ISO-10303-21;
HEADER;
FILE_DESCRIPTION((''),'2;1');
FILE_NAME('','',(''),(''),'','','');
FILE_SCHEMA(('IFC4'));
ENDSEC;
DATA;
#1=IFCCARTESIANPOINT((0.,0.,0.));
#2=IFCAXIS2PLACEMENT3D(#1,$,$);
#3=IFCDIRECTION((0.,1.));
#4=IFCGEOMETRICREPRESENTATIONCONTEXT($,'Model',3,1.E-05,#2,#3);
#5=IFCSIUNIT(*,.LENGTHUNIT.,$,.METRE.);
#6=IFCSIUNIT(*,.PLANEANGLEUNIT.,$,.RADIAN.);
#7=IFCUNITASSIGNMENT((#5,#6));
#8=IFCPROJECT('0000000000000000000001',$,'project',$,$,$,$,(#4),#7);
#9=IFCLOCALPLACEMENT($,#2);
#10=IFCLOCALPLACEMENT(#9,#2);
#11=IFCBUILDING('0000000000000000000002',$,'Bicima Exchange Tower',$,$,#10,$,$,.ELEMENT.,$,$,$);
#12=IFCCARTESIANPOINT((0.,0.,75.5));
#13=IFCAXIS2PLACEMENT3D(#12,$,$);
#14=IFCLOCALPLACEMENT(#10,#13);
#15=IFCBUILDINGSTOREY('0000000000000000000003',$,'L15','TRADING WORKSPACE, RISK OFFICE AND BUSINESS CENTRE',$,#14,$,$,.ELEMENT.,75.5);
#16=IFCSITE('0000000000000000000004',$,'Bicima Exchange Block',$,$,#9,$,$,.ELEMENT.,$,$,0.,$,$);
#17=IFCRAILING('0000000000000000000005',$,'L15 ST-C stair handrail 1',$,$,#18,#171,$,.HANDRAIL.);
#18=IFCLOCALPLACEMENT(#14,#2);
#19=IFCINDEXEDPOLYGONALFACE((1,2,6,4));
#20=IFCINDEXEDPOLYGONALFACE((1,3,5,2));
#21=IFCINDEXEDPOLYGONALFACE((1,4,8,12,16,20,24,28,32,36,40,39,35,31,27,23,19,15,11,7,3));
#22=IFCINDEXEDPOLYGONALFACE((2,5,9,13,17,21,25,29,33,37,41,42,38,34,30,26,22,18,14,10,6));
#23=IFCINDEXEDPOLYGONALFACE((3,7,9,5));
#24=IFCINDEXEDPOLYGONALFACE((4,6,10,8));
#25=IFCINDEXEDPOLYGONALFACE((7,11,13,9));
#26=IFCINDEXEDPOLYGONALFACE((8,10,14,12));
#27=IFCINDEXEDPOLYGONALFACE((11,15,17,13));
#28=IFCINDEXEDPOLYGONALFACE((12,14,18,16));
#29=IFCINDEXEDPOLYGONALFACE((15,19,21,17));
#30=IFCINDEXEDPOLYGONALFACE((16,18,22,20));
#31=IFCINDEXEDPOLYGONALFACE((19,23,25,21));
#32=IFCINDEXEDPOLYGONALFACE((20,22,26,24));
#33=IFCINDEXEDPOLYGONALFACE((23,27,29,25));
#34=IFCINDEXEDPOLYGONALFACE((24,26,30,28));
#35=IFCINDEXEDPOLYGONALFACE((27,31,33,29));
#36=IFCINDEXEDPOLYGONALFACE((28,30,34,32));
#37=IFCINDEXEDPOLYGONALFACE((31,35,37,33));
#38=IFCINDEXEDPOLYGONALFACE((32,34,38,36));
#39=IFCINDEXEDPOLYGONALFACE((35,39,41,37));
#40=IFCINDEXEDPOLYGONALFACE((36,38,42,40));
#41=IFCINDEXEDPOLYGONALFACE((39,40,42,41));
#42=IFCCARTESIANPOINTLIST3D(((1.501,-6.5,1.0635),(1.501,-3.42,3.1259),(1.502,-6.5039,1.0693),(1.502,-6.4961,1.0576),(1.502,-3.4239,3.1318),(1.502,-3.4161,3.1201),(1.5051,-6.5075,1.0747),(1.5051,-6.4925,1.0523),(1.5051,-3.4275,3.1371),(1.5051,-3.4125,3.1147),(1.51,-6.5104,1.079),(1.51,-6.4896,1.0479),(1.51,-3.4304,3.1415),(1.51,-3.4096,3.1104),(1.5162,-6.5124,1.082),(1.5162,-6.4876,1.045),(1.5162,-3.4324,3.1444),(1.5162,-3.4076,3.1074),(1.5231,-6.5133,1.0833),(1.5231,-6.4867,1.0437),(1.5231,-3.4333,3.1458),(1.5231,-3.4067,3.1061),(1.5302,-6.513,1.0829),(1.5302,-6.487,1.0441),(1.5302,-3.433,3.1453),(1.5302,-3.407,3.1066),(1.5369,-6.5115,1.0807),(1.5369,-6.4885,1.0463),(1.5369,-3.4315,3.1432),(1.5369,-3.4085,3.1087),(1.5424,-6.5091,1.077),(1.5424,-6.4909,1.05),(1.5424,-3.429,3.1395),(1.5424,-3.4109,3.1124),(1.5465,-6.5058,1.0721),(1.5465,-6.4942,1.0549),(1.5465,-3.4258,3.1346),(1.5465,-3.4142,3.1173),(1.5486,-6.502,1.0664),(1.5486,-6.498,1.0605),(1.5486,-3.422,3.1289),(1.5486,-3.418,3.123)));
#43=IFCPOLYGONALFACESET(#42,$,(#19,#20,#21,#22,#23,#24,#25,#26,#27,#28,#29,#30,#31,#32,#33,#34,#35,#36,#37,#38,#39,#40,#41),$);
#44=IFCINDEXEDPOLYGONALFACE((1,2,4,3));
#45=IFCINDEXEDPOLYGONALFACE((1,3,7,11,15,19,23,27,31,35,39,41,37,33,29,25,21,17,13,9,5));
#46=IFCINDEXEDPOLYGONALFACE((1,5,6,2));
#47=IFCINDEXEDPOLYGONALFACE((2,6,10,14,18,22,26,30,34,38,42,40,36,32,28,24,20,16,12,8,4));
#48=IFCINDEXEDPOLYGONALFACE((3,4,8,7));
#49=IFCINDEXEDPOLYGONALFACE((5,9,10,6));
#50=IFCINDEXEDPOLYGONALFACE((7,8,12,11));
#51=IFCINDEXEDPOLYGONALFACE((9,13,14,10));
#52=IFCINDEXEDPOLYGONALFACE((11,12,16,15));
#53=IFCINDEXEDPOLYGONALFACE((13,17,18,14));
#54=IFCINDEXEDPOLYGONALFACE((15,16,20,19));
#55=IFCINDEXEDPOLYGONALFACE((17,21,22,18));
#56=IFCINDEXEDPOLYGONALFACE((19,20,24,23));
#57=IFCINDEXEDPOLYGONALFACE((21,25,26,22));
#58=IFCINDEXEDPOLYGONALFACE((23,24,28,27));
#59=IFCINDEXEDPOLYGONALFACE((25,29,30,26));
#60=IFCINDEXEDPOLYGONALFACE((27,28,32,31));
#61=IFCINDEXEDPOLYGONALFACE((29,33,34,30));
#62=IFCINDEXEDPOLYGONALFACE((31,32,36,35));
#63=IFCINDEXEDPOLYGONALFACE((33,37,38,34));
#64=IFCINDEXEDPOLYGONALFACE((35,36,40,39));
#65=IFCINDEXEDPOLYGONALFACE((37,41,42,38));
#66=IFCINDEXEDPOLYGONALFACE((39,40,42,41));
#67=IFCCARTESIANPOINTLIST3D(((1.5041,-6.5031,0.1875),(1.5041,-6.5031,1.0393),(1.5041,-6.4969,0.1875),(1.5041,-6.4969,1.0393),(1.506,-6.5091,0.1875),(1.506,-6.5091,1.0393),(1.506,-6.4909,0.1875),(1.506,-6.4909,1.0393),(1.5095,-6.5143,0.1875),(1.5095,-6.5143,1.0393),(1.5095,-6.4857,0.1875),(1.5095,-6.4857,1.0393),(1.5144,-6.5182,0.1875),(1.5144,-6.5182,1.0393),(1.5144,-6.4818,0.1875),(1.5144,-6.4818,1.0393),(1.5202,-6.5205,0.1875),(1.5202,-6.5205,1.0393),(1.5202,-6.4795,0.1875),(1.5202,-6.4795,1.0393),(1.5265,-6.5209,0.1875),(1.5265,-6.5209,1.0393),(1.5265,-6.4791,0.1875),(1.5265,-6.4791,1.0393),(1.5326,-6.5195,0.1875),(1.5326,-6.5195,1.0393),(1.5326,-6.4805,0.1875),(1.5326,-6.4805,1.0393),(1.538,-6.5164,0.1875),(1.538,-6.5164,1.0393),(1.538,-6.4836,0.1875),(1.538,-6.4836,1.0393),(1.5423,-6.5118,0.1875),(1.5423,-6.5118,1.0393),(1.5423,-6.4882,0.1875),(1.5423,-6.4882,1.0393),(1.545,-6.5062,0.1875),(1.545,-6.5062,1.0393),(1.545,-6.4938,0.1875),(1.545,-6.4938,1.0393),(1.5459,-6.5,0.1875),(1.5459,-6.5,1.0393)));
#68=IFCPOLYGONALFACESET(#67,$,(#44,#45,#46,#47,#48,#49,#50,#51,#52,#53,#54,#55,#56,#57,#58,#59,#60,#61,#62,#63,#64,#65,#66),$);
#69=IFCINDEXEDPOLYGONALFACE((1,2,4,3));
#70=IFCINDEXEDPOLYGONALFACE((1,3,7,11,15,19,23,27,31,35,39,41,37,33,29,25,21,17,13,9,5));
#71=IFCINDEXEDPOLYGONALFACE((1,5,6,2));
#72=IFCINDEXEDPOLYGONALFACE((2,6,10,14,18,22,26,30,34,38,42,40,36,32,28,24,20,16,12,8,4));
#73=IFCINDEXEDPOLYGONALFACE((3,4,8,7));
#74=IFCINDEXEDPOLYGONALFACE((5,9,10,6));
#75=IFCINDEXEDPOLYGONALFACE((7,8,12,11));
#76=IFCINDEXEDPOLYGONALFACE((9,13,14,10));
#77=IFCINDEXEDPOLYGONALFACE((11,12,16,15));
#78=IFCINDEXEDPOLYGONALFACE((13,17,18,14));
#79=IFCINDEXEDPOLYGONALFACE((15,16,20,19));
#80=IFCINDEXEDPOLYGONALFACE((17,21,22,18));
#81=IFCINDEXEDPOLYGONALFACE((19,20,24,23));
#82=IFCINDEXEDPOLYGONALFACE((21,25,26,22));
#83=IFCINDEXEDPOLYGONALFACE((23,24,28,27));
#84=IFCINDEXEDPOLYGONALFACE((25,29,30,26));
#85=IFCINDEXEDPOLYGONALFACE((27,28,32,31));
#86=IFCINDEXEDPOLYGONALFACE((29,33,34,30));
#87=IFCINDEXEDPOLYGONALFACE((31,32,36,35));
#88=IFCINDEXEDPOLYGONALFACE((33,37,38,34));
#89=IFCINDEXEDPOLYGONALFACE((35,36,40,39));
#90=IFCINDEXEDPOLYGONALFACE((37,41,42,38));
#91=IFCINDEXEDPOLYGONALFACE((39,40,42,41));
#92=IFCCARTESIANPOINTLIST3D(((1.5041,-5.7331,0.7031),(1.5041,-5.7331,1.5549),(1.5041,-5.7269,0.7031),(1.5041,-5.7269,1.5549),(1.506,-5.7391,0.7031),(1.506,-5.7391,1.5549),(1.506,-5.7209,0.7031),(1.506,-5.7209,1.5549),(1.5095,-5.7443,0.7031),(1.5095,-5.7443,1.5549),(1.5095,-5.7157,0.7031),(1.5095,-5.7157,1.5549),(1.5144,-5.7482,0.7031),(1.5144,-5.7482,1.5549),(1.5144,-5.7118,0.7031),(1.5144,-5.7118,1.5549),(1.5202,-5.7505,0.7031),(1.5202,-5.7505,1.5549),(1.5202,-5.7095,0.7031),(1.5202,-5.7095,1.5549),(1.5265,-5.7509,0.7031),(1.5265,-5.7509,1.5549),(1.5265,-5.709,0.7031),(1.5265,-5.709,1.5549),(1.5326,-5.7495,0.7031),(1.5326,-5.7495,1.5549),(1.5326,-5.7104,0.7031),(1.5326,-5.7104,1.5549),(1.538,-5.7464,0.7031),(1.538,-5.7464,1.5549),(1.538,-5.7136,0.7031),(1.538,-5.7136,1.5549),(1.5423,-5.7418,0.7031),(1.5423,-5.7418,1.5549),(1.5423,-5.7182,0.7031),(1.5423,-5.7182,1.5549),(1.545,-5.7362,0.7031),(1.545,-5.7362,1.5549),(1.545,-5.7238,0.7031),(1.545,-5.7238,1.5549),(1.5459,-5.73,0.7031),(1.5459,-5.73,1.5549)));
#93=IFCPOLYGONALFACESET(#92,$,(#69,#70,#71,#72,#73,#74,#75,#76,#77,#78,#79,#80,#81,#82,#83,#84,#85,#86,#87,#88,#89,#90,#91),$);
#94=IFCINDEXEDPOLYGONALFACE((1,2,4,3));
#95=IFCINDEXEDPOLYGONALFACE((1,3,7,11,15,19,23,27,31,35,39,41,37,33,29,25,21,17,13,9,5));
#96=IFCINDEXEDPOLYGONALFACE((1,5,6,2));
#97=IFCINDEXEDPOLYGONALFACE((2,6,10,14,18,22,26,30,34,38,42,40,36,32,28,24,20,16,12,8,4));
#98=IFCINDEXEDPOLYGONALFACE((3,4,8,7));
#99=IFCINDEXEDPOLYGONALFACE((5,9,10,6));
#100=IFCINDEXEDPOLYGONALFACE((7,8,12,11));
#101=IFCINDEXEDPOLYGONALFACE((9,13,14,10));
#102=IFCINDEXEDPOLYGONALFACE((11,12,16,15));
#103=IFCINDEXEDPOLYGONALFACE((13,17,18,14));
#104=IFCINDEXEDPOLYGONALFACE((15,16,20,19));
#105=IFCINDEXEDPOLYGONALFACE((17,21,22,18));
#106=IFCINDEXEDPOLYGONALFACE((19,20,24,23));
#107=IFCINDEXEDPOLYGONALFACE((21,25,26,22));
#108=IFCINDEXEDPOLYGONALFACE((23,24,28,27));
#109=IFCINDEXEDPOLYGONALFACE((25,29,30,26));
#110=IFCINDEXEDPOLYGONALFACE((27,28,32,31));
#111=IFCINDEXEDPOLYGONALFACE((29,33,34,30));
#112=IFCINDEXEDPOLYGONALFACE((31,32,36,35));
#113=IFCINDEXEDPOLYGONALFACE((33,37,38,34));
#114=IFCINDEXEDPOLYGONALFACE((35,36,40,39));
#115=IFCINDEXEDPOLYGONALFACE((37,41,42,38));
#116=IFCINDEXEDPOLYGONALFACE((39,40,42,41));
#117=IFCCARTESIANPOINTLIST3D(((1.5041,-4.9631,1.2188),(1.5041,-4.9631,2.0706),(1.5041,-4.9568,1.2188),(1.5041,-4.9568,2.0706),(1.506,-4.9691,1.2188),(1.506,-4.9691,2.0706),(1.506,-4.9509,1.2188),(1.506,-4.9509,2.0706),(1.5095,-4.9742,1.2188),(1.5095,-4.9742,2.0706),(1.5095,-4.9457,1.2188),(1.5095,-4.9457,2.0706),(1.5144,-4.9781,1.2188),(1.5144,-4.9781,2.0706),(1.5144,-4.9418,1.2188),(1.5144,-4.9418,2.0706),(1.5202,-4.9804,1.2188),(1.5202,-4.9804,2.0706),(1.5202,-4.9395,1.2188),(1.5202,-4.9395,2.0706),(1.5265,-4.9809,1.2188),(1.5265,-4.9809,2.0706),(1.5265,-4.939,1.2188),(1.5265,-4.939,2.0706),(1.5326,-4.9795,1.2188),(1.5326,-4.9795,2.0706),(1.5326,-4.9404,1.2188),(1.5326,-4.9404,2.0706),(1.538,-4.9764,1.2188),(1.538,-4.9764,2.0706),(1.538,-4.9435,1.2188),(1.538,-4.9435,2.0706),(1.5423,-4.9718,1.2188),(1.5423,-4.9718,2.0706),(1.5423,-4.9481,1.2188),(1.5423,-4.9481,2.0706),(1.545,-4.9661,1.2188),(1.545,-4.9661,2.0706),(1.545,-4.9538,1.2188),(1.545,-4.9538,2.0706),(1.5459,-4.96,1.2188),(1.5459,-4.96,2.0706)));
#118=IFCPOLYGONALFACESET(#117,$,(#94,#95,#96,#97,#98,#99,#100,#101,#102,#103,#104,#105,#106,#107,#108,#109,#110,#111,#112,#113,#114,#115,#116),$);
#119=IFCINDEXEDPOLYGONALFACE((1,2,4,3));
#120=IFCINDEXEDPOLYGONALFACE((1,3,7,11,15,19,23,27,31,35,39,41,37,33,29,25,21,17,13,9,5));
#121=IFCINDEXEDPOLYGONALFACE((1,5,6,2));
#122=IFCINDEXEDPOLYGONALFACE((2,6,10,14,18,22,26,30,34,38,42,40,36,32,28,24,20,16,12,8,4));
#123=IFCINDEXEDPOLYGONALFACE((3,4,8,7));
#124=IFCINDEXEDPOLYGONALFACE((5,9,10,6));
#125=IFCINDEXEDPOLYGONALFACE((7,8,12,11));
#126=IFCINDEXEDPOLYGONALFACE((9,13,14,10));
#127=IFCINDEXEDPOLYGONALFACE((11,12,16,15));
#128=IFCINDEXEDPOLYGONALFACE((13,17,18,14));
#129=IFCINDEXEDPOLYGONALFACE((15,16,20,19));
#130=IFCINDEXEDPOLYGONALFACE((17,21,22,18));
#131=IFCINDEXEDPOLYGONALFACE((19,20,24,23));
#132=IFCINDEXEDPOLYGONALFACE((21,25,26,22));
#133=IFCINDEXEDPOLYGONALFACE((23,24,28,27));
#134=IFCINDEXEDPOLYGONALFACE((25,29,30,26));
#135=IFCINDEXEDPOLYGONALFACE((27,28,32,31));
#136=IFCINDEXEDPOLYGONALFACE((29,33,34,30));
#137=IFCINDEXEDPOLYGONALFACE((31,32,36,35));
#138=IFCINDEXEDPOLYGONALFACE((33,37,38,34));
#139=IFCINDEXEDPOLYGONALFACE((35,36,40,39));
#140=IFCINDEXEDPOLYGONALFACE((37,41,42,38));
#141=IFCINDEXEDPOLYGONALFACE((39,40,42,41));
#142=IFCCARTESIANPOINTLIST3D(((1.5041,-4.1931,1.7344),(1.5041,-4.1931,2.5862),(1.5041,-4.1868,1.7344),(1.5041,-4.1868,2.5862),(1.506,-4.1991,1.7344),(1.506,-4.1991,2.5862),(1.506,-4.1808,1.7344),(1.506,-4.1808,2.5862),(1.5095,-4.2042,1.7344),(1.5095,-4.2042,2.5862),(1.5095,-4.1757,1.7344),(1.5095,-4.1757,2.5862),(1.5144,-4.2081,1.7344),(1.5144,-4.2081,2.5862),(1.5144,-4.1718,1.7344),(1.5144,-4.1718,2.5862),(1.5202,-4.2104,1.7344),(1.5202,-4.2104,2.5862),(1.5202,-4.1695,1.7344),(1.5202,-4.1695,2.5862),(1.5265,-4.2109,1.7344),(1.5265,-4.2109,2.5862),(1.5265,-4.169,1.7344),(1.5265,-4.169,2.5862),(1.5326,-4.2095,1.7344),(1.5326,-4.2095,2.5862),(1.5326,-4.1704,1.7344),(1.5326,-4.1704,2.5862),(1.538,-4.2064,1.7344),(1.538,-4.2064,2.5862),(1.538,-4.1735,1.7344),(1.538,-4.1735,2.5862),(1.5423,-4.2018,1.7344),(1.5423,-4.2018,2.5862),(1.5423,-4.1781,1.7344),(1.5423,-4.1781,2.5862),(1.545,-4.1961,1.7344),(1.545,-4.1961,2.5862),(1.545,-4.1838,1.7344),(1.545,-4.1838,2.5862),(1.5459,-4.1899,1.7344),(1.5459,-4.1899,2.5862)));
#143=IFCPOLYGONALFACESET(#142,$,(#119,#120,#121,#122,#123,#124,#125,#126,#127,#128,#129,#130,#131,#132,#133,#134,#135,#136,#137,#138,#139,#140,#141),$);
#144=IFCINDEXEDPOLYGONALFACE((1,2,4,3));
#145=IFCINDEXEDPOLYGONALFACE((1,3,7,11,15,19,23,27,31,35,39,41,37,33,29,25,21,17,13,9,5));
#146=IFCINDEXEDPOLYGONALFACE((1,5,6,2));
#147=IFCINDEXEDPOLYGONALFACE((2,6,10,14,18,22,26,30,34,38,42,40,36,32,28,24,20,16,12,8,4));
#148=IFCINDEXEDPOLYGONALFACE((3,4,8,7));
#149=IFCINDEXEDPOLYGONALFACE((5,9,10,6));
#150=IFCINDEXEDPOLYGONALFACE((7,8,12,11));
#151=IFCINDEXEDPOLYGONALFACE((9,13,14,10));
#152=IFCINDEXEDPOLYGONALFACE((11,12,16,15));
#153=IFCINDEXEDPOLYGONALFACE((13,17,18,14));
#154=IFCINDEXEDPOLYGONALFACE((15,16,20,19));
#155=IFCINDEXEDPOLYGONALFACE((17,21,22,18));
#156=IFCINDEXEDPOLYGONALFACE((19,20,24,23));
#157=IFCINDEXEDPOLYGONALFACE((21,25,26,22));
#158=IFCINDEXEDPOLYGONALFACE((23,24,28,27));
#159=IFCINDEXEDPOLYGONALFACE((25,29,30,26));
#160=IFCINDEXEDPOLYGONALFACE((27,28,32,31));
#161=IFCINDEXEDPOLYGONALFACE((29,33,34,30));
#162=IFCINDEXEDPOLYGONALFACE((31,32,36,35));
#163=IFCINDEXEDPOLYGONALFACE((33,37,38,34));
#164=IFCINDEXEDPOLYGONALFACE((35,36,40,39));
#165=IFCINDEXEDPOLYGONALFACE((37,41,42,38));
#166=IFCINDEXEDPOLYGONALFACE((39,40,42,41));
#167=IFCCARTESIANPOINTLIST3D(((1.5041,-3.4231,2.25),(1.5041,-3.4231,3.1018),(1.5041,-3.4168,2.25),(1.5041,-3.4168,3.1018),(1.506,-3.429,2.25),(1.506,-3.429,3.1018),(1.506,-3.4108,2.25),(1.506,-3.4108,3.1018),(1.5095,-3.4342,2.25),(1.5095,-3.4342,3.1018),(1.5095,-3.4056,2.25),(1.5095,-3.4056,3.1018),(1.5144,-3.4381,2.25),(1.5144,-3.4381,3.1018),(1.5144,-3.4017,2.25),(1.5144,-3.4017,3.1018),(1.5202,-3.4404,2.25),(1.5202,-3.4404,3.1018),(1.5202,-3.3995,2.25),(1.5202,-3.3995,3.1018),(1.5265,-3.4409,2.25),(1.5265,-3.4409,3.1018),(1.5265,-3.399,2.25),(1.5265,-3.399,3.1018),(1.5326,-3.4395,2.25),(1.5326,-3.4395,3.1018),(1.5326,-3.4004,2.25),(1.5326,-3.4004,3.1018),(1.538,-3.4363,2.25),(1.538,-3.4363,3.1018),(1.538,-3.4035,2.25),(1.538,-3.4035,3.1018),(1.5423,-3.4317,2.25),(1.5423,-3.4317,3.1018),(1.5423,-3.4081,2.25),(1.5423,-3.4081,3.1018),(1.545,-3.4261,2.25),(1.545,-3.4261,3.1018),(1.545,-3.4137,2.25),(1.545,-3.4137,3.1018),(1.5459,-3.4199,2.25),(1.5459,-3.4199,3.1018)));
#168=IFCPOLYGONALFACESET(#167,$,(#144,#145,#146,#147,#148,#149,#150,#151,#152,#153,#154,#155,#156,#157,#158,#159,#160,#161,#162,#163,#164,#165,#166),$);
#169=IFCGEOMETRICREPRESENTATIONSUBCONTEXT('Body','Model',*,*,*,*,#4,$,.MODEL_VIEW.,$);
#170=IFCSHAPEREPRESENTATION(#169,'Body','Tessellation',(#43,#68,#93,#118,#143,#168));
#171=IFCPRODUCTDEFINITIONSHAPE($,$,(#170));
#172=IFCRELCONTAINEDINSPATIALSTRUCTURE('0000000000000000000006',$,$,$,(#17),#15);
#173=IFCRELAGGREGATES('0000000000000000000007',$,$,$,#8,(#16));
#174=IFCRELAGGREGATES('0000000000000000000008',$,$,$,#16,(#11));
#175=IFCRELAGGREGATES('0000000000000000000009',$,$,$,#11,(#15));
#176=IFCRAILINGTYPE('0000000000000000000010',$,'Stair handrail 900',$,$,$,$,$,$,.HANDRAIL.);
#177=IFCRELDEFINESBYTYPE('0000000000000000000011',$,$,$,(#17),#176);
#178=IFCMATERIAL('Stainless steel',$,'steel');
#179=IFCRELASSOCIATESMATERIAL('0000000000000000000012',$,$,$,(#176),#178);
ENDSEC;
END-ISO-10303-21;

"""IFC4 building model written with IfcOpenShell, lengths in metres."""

from ifc_helpers import new_model, si_unit, direction, frame, origin, origin_2d, place, context, subcontext, project, spatial, circle, extrude, material, type_object, element, save


model = new_model("IFC4")

# Units and contexts
model_context = context("Model", 3, precision=1e-05, world=origin(), true_north=direction((0.0, 1.0)))
body_context = subcontext(model_context, "Body", "Model", "MODEL_VIEW")
ifc_project = project(units=[si_unit("LENGTHUNIT", "METRE"), si_unit("PLANEANGLEUNIT", "RADIAN")], contexts=[model_context])

# Site, building, storey
site_placement = place(None, origin())
site = spatial("IfcSite", under=ifc_project, at=site_placement, Name="Bicima Exchange Block", CompositionType="ELEMENT", RefElevation=0.0)
building_placement = place(site_placement, origin())
building = spatial("IfcBuilding", under=site, at=building_placement, Name="Bicima Exchange Tower", CompositionType="ELEMENT")
storey_placement = place(building_placement, frame((0.0, 0.0, 75.5)))
storey = spatial("IfcBuildingStorey", under=building, at=storey_placement, Name="L15", Description="TRADING WORKSPACE, RISK OFFICE AND BUSINESS CENTRE", CompositionType="ELEMENT", Elevation=75.5)

# Shared definitions
ifc_material_1 = material(Name="Stainless steel", Category="steel")

# Railing
railing_type_1 = type_object("IfcRailingType", Name="Stair handrail 900", PredefinedType="HANDRAIL", material=ifc_material_1)
railing_1_placement = place(storey_placement, frame((1.5249, -6.5, 0.1875)))
element("IfcRailing", 1, at=railing_1_placement, inside=storey, type_object=railing_type_1, Name="L15 ST-C stair handrail 1", PredefinedType="HANDRAIL", context=body_context, shape_type="SweptSolid", body=[
    extrude(circle(Radius=0.0239, at=origin_2d()), frame((0.0, 0.0, 0.876), z_axis=(0.0, 0.830914, 0.556401), x_axis=(-1.0, 0.0, 0.0)), (0.0, 0.0, 1.0), 3.7068),
    extrude(circle(Radius=0.021, at=origin_2d()), origin(), (0.0, 0.0, 1.0), 0.8518),
    extrude(circle(Radius=0.021, at=origin_2d()), frame((0.0, 0.77, 0.5156)), (0.0, 0.0, 1.0), 0.8518),
    extrude(circle(Radius=0.021, at=origin_2d()), frame((0.0, 1.54, 1.0312)), (0.0, 0.0, 1.0), 0.8518),
    extrude(circle(Radius=0.021, at=origin_2d()), frame((0.0, 2.3101, 1.5469)), (0.0, 0.0, 1.0), 0.8518),
    extrude(circle(Radius=0.021, at=origin_2d()), frame((0.0, 3.0801, 2.0625)), (0.0, 0.0, 1.0), 0.8518),
])

save(model, "model.ifc")
